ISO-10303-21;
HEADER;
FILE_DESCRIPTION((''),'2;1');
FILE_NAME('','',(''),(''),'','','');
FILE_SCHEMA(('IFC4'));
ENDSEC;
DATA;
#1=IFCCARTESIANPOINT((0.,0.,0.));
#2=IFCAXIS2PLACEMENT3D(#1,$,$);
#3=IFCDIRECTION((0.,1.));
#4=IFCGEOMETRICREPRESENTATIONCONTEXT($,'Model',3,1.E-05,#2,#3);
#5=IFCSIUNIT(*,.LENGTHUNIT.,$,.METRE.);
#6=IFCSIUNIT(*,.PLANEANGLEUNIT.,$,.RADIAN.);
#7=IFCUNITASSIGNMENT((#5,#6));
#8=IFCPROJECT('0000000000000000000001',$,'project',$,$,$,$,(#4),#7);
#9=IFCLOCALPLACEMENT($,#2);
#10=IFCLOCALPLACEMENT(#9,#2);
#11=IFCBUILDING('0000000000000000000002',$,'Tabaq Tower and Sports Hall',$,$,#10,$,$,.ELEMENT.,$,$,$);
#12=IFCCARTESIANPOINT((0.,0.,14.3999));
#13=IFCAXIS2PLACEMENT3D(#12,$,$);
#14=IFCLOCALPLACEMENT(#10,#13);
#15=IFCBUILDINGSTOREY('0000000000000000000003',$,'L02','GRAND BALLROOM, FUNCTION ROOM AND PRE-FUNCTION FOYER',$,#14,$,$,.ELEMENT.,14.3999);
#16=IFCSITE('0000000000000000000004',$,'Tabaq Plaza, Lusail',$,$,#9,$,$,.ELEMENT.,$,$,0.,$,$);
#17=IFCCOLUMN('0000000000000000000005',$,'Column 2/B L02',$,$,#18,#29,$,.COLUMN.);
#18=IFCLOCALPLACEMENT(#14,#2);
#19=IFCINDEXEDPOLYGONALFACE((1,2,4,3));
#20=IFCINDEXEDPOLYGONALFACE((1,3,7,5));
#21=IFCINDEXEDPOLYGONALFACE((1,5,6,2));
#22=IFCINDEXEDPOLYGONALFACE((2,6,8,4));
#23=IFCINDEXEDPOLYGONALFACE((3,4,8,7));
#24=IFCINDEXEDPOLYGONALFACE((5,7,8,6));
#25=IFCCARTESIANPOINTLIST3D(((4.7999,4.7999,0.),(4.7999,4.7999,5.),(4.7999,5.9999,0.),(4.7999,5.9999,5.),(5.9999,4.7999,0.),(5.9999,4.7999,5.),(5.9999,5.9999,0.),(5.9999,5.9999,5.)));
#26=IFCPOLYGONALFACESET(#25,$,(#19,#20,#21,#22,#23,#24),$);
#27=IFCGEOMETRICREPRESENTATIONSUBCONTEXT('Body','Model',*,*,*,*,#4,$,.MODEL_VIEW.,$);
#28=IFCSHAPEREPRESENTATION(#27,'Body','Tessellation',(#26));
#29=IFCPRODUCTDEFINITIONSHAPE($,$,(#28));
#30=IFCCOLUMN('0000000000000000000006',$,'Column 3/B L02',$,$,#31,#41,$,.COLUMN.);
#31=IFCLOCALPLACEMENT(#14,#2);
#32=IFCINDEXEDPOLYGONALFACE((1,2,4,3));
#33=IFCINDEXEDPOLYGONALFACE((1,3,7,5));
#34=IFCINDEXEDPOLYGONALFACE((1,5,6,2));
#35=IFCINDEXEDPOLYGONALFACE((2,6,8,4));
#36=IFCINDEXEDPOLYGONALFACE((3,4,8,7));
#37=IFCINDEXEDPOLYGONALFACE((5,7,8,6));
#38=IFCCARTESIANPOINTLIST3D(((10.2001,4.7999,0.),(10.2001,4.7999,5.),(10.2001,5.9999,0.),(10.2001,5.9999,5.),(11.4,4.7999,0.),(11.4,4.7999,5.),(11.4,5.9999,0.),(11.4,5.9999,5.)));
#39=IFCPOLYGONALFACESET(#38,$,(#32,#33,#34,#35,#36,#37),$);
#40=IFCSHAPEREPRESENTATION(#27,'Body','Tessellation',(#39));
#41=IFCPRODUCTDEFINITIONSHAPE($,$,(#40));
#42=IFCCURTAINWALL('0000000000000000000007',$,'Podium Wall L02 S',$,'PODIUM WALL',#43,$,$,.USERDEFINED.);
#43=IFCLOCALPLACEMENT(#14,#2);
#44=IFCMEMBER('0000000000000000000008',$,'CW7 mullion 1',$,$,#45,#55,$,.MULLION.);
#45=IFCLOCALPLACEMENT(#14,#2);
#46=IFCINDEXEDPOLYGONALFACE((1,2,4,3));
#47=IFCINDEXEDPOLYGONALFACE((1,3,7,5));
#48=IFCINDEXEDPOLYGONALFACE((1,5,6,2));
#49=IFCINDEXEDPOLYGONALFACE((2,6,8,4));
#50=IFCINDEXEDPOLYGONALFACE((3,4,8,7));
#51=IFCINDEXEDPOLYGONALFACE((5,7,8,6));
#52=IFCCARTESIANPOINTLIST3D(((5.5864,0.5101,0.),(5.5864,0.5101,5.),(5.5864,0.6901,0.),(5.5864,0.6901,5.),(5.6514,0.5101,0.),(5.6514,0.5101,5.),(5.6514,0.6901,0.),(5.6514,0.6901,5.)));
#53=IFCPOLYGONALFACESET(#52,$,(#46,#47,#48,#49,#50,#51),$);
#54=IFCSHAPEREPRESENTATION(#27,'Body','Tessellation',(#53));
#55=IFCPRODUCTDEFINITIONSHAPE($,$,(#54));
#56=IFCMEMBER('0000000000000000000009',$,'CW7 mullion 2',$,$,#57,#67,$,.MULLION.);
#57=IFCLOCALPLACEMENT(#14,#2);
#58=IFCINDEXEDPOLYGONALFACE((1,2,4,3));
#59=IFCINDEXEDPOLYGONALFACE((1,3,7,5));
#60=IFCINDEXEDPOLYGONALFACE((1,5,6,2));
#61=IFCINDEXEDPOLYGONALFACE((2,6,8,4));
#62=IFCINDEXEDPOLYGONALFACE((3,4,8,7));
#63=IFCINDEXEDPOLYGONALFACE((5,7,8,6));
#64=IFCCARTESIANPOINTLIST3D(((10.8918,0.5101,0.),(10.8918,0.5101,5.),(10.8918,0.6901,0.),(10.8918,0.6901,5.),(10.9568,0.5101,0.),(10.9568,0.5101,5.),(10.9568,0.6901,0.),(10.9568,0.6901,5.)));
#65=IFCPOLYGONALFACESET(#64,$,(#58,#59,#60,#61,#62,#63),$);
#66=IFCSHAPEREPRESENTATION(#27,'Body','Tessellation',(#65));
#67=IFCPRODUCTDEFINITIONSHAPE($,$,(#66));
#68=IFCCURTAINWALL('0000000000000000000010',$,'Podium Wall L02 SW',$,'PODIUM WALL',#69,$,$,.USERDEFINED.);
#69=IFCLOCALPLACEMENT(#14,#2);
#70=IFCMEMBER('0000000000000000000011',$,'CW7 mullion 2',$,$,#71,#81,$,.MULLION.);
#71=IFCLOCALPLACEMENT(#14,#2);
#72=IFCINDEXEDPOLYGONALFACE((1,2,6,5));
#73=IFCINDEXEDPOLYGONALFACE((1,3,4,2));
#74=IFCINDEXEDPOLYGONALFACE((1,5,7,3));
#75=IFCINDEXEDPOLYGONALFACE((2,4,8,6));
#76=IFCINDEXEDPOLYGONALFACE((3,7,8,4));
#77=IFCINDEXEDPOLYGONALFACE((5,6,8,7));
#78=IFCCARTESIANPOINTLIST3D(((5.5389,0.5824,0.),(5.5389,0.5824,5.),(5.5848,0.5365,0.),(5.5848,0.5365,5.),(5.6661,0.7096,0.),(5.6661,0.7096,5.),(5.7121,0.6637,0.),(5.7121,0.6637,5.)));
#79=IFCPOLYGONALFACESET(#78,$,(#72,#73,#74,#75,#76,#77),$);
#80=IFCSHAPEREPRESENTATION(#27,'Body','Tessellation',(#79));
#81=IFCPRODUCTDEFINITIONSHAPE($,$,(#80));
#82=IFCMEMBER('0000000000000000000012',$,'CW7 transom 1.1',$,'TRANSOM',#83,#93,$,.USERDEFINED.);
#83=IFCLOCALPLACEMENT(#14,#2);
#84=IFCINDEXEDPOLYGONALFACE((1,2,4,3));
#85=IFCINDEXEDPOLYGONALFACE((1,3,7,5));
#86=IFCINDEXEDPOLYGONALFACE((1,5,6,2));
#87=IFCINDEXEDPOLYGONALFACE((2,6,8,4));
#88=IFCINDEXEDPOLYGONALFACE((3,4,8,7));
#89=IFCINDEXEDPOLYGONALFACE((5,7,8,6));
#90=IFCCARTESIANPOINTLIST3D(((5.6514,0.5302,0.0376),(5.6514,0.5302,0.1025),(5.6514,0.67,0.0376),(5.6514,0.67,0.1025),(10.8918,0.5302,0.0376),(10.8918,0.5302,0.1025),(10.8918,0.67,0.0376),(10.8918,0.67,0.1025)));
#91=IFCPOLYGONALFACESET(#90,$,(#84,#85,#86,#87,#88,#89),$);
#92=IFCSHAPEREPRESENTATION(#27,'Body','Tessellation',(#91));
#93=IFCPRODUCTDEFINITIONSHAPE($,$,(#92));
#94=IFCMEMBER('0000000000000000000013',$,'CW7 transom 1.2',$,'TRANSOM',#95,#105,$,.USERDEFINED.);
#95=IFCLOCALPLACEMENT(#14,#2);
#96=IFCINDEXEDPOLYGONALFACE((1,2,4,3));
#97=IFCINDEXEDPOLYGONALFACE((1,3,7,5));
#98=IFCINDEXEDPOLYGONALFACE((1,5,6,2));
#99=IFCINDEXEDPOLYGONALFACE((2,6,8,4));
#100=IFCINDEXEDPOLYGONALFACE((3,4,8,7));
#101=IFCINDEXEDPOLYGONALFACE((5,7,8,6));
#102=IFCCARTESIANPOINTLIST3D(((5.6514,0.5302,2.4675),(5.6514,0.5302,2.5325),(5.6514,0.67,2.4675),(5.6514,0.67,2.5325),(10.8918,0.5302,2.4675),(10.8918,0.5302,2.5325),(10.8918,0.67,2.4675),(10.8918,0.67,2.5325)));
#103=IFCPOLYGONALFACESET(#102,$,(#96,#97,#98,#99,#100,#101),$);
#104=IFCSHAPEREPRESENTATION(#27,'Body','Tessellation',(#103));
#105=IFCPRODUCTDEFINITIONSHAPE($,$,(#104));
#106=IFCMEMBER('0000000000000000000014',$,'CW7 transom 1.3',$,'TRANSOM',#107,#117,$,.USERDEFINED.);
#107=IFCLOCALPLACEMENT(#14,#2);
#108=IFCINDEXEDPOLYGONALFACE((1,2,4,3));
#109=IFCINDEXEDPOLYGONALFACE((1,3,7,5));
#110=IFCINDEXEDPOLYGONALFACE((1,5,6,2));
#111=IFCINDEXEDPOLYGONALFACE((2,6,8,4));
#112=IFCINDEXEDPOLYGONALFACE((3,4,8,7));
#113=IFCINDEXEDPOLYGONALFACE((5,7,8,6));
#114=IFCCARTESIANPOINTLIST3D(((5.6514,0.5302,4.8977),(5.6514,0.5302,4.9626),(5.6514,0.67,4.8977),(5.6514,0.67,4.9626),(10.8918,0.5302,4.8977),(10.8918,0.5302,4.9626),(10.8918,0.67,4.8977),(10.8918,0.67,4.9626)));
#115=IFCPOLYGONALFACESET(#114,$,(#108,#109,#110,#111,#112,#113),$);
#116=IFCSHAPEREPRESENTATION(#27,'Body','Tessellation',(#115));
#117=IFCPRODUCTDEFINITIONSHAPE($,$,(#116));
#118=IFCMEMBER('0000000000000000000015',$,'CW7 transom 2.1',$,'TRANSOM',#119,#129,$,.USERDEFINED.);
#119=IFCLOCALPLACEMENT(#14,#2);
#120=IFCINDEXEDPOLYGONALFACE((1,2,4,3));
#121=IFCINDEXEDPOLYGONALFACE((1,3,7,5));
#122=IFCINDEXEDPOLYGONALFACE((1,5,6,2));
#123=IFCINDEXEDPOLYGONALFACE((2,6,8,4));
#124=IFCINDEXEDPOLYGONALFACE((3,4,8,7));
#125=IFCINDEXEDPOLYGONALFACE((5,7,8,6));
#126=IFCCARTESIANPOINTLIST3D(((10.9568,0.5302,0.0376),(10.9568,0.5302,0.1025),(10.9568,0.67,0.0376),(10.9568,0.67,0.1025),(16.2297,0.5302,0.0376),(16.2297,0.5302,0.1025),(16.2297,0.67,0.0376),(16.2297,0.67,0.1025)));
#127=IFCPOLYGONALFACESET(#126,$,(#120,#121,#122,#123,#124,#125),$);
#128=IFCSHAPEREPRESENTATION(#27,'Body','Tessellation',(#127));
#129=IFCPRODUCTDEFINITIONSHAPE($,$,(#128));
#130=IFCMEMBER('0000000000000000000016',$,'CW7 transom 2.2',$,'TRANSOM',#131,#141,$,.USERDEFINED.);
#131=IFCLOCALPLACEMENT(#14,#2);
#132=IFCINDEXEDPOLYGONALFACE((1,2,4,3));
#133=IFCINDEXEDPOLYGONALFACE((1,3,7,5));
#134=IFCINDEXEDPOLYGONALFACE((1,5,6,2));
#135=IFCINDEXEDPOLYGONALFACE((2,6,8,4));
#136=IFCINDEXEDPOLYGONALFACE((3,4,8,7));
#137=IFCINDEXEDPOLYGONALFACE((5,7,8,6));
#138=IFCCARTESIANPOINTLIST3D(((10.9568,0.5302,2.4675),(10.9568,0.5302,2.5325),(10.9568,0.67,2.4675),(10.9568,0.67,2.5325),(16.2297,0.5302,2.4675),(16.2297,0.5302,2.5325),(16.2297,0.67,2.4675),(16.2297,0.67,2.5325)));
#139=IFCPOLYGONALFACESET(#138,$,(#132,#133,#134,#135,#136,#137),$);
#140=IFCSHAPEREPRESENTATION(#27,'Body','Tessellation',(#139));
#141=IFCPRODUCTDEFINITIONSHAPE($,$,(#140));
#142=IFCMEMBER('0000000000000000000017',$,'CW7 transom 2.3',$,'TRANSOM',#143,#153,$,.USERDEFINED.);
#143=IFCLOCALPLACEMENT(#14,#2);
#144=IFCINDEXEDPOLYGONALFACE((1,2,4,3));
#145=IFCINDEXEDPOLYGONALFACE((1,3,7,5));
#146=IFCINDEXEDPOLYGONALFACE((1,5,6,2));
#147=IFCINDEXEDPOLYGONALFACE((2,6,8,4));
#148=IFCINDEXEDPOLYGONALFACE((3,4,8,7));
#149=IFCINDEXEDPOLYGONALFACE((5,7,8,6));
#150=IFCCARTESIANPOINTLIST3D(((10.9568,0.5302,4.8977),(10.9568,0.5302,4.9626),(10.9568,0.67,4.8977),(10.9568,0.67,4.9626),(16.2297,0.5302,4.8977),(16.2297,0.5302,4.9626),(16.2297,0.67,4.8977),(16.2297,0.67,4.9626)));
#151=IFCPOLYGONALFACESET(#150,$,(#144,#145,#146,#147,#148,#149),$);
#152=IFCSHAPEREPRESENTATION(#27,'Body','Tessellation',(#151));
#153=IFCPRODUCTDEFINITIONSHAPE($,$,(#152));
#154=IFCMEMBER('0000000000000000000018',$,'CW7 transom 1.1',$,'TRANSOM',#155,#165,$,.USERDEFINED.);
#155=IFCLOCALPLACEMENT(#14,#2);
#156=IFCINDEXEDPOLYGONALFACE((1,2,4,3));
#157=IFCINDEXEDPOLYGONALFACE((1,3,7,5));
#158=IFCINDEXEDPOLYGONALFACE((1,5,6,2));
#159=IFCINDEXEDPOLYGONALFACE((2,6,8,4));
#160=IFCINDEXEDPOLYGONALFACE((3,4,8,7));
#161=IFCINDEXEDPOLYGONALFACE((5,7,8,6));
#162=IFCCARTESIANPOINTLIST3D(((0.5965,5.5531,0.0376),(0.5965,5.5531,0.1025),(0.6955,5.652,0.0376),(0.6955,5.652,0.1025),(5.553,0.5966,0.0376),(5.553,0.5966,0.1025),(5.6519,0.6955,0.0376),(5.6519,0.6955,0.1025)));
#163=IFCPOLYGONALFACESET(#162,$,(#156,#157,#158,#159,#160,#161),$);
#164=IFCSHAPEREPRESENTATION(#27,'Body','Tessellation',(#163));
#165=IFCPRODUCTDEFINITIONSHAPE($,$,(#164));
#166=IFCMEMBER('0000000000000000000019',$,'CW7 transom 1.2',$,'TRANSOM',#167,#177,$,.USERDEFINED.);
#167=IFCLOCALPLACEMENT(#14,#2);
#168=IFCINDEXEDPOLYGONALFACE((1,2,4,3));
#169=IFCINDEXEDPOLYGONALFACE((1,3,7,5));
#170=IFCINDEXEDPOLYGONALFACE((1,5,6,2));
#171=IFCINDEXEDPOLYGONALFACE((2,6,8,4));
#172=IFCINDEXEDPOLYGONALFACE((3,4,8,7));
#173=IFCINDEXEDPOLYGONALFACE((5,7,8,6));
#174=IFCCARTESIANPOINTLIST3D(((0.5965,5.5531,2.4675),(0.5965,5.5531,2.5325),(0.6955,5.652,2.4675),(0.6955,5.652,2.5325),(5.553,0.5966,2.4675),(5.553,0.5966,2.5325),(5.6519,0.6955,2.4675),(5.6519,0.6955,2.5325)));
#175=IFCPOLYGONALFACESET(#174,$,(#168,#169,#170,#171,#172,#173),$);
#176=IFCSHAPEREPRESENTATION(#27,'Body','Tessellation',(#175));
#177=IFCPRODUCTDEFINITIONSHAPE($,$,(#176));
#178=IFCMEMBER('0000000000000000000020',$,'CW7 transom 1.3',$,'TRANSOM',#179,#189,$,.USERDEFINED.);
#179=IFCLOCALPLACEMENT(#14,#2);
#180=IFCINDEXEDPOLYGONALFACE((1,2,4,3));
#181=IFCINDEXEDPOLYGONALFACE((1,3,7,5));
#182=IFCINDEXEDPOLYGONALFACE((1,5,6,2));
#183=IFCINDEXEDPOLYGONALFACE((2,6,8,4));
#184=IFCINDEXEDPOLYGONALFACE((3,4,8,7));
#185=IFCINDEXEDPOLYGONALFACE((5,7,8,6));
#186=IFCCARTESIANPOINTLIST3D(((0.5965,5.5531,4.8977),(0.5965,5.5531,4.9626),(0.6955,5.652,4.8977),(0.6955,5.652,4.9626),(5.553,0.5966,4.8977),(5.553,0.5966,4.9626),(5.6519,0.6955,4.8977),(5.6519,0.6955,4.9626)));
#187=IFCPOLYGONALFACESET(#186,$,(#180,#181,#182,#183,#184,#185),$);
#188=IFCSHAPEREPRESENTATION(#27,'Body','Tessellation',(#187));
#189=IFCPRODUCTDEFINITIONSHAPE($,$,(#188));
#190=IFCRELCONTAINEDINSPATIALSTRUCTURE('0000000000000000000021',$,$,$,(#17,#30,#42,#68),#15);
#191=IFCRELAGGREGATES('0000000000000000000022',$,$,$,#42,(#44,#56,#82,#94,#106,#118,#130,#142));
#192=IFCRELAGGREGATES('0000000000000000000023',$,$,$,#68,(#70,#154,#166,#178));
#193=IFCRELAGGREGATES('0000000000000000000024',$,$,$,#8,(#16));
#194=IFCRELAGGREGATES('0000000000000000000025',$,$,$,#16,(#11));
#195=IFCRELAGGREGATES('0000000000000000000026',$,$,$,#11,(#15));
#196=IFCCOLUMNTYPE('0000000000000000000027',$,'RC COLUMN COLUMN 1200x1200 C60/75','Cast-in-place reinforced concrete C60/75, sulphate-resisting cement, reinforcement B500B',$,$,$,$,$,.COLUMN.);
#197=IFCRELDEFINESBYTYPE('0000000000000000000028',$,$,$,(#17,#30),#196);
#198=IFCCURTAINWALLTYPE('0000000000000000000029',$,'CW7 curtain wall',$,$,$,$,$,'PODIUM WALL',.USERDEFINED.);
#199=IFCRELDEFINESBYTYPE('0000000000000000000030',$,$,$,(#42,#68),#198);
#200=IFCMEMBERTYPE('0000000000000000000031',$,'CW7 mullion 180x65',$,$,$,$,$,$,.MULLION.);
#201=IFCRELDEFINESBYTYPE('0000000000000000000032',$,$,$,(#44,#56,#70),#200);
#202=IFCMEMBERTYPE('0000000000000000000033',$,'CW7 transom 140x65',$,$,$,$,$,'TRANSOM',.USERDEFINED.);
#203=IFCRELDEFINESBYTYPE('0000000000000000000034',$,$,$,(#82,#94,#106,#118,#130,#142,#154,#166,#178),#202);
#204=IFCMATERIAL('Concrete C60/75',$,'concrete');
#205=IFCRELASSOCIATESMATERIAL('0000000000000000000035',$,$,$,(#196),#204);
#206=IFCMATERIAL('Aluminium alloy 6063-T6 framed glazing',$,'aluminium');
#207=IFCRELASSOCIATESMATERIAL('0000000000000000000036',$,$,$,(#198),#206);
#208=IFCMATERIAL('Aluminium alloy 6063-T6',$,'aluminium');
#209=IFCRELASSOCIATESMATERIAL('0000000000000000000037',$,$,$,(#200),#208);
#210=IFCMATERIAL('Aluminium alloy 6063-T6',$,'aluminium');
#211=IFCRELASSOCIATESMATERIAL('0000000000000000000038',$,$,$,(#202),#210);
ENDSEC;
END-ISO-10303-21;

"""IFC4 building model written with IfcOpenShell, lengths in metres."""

from ifc_helpers import new_model, si_unit, direction, frame, origin, origin_2d, place, context, subcontext, project, spatial, rectangle, extrude, material, material_profile, profile_set, type_object, element, aggregate, save


model = new_model("IFC4")

# Units and contexts
model_context = context("Model", 3, precision=1e-05, world=origin(), true_north=direction((0.0, 1.0)))
body_context = subcontext(model_context, "Body", "Model", "MODEL_VIEW")
ifc_project = project(units=[si_unit("LENGTHUNIT", "METRE"), si_unit("PLANEANGLEUNIT", "RADIAN")], contexts=[model_context])

# Site, building, storey
site_placement = place(None, origin())
site = spatial("IfcSite", under=ifc_project, at=site_placement, Name="Tabaq Plaza, Lusail", CompositionType="ELEMENT", RefElevation=0.0)
building_placement = place(site_placement, origin())
building = spatial("IfcBuilding", under=site, at=building_placement, Name="Tabaq Tower and Sports Hall", CompositionType="ELEMENT")
storey_placement = place(building_placement, frame((0.0, 0.0, 14.3999)))
storey = spatial("IfcBuildingStorey", under=building, at=storey_placement, Name="L02", Description="GRAND BALLROOM, FUNCTION ROOM AND PRE-FUNCTION FOYER", CompositionType="ELEMENT", Elevation=14.3999)

# Columns
ifc_material_1 = material(Name="Concrete C60/75", Category="concrete")
ifc_material_profile_1 = material_profile(ifc_material_1, rectangle(XDim=1.2, YDim=1.2, at=origin_2d()), Name="COLUMN 1200x1200")
ifc_profile_set_1 = profile_set([ifc_material_profile_1], Name="Concrete C60/75")
column_type = type_object("IfcColumnType", Name="RC COLUMN COLUMN 1200x1200 C60/75", Description="Cast-in-place reinforced concrete C60/75, sulphate-resisting cement, reinforcement B500B", PredefinedType="COLUMN", material=ifc_profile_set_1)
for number, where, z_axis, x_axis, name in (
    (1, (5.3999, 5.3999, 0.0), (0.0, 0.0, 1.0), (1.0, 0.0, 0.0), "Column 2/B L02"),
    (2, (10.8, 5.3999, 0.0), (0.0, 0.0, 1.0), (1.0, 0.0, 0.0), "Column 3/B L02"),
):
    element("IfcColumn", number, at=place(storey_placement, frame(where, z_axis=z_axis, x_axis=x_axis)), inside=storey, type_object=column_type, Name=name, PredefinedType="COLUMN", context=body_context, shape_type="SweptSolid", body=[
        extrude(rectangle(XDim=1.2, YDim=1.2, at=origin_2d()), origin(), (0.0, 0.0, 1.0), 5.0),
    ])

# Curtain wall, members
ifc_material_2 = material(Name="Aluminium alloy 6063-T6 framed glazing", Category="aluminium")
curtain_wall_type = type_object("IfcCurtainWallType", Name="CW7 curtain wall", ElementType="PODIUM WALL", PredefinedType="USERDEFINED", material=ifc_material_2)
curtain_wall_1_placement = place(storey_placement, origin())
curtain_wall_1 = element("IfcCurtainWall", 3, at=curtain_wall_1_placement, inside=storey, type_object=curtain_wall_type, Name="Podium Wall L02 S", ObjectType="PODIUM WALL", PredefinedType="USERDEFINED")
ifc_material_3 = material(Name="Aluminium alloy 6063-T6", Category="aluminium")
ifc_material_profile_2 = material_profile(ifc_material_3, rectangle(XDim=0.1799, YDim=0.0649, at=origin_2d()), Name="MULLION 180x65")
ifc_profile_set_2 = profile_set([ifc_material_profile_2], Name="Aluminium alloy 6063-T6")
member_type_1 = type_object("IfcMemberType", Name="CW7 mullion 180x65", PredefinedType="MULLION", material=ifc_profile_set_2)
member_1_placement = place(storey_placement, frame((5.6189, 0.6001, 0.0), z_axis=(0.0, 0.0, 1.0), x_axis=(0.0, 1.0, 0.0)))
member_1 = element("IfcMember", 4, at=member_1_placement, type_object=member_type_1, Name="CW7 mullion 1", PredefinedType="MULLION", context=body_context, shape_type="SweptSolid", body=[
    extrude(rectangle(XDim=0.1799, YDim=0.0649, at=origin_2d()), origin(), (0.0, 0.0, 1.0), 5.0),
])
member_2_placement = place(storey_placement, frame((10.9243, 0.6001, 0.0), z_axis=(0.0, 0.0, 1.0), x_axis=(0.0, 1.0, 0.0)))
member_2 = element("IfcMember", 5, at=member_2_placement, type_object=member_type_1, Name="CW7 mullion 2", PredefinedType="MULLION", context=body_context, shape_type="SweptSolid", body=[
    extrude(rectangle(XDim=0.1799, YDim=0.0649, at=origin_2d()), origin(), (0.0, 0.0, 1.0), 5.0),
])

# Curtain wall, member
curtain_wall_2_placement = place(storey_placement, origin())
curtain_wall_2 = element("IfcCurtainWall", 6, at=curtain_wall_2_placement, inside=storey, type_object=curtain_wall_type, Name="Podium Wall L02 SW", ObjectType="PODIUM WALL", PredefinedType="USERDEFINED")
member_3_placement = place(storey_placement, frame((5.6255, 0.623, 0.0), z_axis=(0.0, 0.0, 1.0), x_axis=(0.707107, 0.707107, 0.0)))
member_3 = element("IfcMember", 7, at=member_3_placement, type_object=member_type_1, Name="CW7 mullion 2", PredefinedType="MULLION", context=body_context, shape_type="SweptSolid", body=[
    extrude(rectangle(XDim=0.1799, YDim=0.0649, at=origin_2d()), origin(), (0.0, 0.0, 1.0), 5.0),
])

# Members
ifc_material_4 = material(Name="Aluminium alloy 6063-T6", Category="aluminium")
ifc_material_profile_3 = material_profile(ifc_material_4, rectangle(XDim=0.1399, YDim=0.0649, at=origin_2d()), Name="TRANSOM 140x65")
ifc_profile_set_3 = profile_set([ifc_material_profile_3], Name="Aluminium alloy 6063-T6")
member_type_2 = type_object("IfcMemberType", Name="CW7 transom 140x65", ElementType="TRANSOM", PredefinedType="USERDEFINED", material=ifc_profile_set_3)
member_4_placement = place(storey_placement, frame((5.6514, 0.6001, 0.0701), z_axis=(1.0, 0.0, 0.0), x_axis=(0.0, 1.0, 0.0)))
member_4 = element("IfcMember", 8, at=member_4_placement, type_object=member_type_2, Name="CW7 transom 1.1", ObjectType="TRANSOM", PredefinedType="USERDEFINED", context=body_context, shape_type="SweptSolid", body=[
    extrude(rectangle(XDim=0.1399, YDim=0.0649, at=origin_2d()), origin(), (0.0, 0.0, 1.0), 5.2405),
])
member_5_placement = place(storey_placement, frame((5.6514, 0.6001, 2.5), z_axis=(1.0, 0.0, 0.0), x_axis=(0.0, 1.0, 0.0)))
member_5 = element("IfcMember", 9, at=member_5_placement, type_object=member_type_2, Name="CW7 transom 1.2", ObjectType="TRANSOM", PredefinedType="USERDEFINED", context=body_context, shape_type="SweptSolid", body=[
    extrude(rectangle(XDim=0.1399, YDim=0.0649, at=origin_2d()), origin(), (0.0, 0.0, 1.0), 5.2405),
])
member_6_placement = place(storey_placement, frame((5.6514, 0.6001, 4.9302), z_axis=(1.0, 0.0, 0.0), x_axis=(0.0, 1.0, 0.0)))
member_6 = element("IfcMember", 10, at=member_6_placement, type_object=member_type_2, Name="CW7 transom 1.3", ObjectType="TRANSOM", PredefinedType="USERDEFINED", context=body_context, shape_type="SweptSolid", body=[
    extrude(rectangle(XDim=0.1399, YDim=0.0649, at=origin_2d()), origin(), (0.0, 0.0, 1.0), 5.2405),
])
member_7_placement = place(storey_placement, frame((10.9568, 0.6001, 0.0701), z_axis=(1.0, 0.0, 0.0), x_axis=(0.0, 1.0, 0.0)))
member_7 = element("IfcMember", 11, at=member_7_placement, type_object=member_type_2, Name="CW7 transom 2.1", ObjectType="TRANSOM", PredefinedType="USERDEFINED", context=body_context, shape_type="SweptSolid", body=[
    extrude(rectangle(XDim=0.1399, YDim=0.0649, at=origin_2d()), origin(), (0.0, 0.0, 1.0), 5.2729),
])
member_8_placement = place(storey_placement, frame((10.9568, 0.6001, 2.5), z_axis=(1.0, 0.0, 0.0), x_axis=(0.0, 1.0, 0.0)))
member_8 = element("IfcMember", 12, at=member_8_placement, type_object=member_type_2, Name="CW7 transom 2.2", ObjectType="TRANSOM", PredefinedType="USERDEFINED", context=body_context, shape_type="SweptSolid", body=[
    extrude(rectangle(XDim=0.1399, YDim=0.0649, at=origin_2d()), origin(), (0.0, 0.0, 1.0), 5.2729),
])
member_9_placement = place(storey_placement, frame((10.9568, 0.6001, 4.9302), z_axis=(1.0, 0.0, 0.0), x_axis=(0.0, 1.0, 0.0)))
member_9 = element("IfcMember", 13, at=member_9_placement, type_object=member_type_2, Name="CW7 transom 2.3", ObjectType="TRANSOM", PredefinedType="USERDEFINED", context=body_context, shape_type="SweptSolid", body=[
    extrude(rectangle(XDim=0.1399, YDim=0.0649, at=origin_2d()), origin(), (0.0, 0.0, 1.0), 5.2729),
])
member_10_placement = place(storey_placement, frame((0.646, 5.6025, 0.0701), z_axis=(0.707107, -0.707107, 0.0), x_axis=(0.707107, 0.707107, 0.0)))
member_10 = element("IfcMember", 14, at=member_10_placement, type_object=member_type_2, Name="CW7 transom 1.1", ObjectType="TRANSOM", PredefinedType="USERDEFINED", context=body_context, shape_type="SweptSolid", body=[
    extrude(rectangle(XDim=0.1399, YDim=0.0649, at=origin_2d()), origin(), (0.0, 0.0, 1.0), 7.0095),
])
member_11_placement = place(storey_placement, frame((0.646, 5.6025, 2.5), z_axis=(0.707107, -0.707107, 0.0), x_axis=(0.707107, 0.707107, 0.0)))
member_11 = element("IfcMember", 15, at=member_11_placement, type_object=member_type_2, Name="CW7 transom 1.2", ObjectType="TRANSOM", PredefinedType="USERDEFINED", context=body_context, shape_type="SweptSolid", body=[
    extrude(rectangle(XDim=0.1399, YDim=0.0649, at=origin_2d()), origin(), (0.0, 0.0, 1.0), 7.0095),
])
member_12_placement = place(storey_placement, frame((0.646, 5.6025, 4.9302), z_axis=(0.707107, -0.707107, 0.0), x_axis=(0.707107, 0.707107, 0.0)))
member_12 = element("IfcMember", 16, at=member_12_placement, type_object=member_type_2, Name="CW7 transom 1.3", ObjectType="TRANSOM", PredefinedType="USERDEFINED", context=body_context, shape_type="SweptSolid", body=[
    extrude(rectangle(XDim=0.1399, YDim=0.0649, at=origin_2d()), origin(), (0.0, 0.0, 1.0), 7.0095),
])

aggregate(curtain_wall_1, [member_1, member_2, member_4, member_5, member_6, member_7, member_8, member_9])
aggregate(curtain_wall_2, [member_3, member_10, member_11, member_12])

save(model, "model.ifc")
